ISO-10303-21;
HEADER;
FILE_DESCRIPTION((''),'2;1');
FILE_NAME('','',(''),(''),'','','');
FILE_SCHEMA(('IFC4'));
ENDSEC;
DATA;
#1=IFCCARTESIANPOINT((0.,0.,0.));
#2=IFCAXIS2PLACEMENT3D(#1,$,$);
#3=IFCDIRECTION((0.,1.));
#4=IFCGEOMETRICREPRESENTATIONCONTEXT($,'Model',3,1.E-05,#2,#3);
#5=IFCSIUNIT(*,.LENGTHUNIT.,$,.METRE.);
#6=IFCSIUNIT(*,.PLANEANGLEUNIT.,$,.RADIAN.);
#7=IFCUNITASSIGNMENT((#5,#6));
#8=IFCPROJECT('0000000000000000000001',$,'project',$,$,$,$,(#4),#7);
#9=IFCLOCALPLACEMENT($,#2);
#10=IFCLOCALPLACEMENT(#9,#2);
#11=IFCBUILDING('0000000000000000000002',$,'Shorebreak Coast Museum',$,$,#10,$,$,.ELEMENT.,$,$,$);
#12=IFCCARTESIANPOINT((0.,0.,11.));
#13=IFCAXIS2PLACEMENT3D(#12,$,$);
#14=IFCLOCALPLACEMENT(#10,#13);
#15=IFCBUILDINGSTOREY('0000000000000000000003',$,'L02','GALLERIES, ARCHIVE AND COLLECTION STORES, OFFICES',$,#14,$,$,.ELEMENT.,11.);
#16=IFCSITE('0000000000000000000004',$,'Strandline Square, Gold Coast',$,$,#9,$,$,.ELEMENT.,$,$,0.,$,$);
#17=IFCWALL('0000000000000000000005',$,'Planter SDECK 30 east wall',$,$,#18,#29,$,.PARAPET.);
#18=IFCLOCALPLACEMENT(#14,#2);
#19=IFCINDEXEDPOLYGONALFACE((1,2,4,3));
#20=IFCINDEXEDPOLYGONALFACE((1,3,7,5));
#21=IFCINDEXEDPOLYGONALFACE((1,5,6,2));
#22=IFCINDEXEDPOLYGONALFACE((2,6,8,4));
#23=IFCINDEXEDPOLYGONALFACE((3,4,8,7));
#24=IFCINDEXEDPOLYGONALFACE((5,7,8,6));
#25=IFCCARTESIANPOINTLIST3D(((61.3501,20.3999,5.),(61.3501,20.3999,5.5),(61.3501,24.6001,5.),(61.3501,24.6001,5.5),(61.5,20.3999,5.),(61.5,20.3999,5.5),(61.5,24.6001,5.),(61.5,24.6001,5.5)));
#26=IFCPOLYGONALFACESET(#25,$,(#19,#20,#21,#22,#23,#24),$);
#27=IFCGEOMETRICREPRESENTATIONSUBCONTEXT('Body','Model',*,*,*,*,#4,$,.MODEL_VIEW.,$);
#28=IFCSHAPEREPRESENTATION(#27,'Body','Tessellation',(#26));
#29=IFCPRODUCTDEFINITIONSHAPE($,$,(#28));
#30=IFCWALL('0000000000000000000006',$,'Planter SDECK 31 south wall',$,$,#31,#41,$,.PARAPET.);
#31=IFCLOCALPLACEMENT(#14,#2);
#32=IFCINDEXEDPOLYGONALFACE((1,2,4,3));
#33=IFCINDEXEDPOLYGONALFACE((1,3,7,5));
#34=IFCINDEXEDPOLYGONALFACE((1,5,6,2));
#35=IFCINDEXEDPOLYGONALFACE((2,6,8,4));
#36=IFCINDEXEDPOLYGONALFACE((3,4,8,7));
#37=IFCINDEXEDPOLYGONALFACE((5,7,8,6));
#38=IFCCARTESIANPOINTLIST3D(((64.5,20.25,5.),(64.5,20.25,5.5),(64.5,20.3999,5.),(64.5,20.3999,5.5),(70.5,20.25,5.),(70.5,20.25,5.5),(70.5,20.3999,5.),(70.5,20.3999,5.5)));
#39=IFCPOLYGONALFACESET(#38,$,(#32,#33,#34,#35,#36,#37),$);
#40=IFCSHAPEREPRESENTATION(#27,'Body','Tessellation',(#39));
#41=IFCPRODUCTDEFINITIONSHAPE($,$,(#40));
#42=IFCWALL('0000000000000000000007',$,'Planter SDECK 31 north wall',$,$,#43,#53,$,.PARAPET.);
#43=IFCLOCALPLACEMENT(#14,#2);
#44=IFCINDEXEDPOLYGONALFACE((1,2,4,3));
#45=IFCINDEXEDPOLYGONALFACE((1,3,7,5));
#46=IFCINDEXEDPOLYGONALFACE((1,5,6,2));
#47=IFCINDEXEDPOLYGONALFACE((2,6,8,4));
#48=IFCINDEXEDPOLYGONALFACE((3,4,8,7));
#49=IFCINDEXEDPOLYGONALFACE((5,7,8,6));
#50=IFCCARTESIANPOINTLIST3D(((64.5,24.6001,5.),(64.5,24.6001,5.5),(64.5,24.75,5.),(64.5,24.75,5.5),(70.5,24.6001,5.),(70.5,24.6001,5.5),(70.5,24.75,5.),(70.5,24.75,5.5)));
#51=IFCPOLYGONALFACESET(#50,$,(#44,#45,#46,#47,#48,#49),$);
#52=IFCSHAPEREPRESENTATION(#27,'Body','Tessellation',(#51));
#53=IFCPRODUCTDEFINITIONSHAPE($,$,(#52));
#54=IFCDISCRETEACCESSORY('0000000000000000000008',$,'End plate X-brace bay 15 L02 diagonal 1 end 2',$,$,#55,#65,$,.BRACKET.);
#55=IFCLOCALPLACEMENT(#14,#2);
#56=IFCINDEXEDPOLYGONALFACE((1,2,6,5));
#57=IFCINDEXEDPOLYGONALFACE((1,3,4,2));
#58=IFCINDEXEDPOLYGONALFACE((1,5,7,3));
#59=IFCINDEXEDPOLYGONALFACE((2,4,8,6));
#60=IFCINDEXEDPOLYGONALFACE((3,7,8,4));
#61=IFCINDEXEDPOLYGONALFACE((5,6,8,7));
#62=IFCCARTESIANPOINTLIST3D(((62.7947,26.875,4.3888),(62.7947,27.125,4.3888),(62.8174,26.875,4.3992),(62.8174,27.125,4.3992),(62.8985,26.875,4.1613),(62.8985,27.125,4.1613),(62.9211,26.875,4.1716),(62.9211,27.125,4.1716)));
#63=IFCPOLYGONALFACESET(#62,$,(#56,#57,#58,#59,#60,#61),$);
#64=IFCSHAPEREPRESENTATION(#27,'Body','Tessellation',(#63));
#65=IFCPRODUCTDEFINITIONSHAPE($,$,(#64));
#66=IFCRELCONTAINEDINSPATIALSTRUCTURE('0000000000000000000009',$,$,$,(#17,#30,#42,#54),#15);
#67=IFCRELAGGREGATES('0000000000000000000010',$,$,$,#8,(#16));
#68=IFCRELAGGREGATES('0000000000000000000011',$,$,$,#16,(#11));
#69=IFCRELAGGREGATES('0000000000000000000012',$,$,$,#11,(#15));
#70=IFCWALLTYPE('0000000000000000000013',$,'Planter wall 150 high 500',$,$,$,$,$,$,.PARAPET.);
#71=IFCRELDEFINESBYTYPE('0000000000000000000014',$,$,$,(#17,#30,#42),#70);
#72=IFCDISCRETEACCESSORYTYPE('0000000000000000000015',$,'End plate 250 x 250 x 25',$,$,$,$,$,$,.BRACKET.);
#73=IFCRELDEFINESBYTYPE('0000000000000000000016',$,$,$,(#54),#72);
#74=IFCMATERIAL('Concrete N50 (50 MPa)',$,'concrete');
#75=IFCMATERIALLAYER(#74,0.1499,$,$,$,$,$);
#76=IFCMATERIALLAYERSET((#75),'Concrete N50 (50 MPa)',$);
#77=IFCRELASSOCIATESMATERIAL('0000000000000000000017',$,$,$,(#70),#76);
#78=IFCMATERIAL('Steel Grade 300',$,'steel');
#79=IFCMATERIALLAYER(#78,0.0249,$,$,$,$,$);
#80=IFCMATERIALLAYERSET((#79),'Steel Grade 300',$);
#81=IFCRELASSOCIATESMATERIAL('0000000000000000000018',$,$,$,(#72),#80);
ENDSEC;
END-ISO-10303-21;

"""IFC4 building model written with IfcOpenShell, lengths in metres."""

from ifc_helpers import new_model, si_unit, direction, frame, frame_2d, origin, place, context, subcontext, project, spatial, polyline, rectangle, outline, extrude, material, layer, layer_set, type_object, element, save


model = new_model("IFC4")

# Units and contexts
model_context = context("Model", 3, precision=1e-05, world=origin(), true_north=direction((0.0, 1.0)))
body_context = subcontext(model_context, "Body", "Model", "MODEL_VIEW")
ifc_project = project(units=[si_unit("LENGTHUNIT", "METRE"), si_unit("PLANEANGLEUNIT", "RADIAN")], contexts=[model_context])

# Site, building, storey
site_placement = place(None, origin())
site = spatial("IfcSite", under=ifc_project, at=site_placement, Name="Strandline Square, Gold Coast", CompositionType="ELEMENT", RefElevation=0.0)
building_placement = place(site_placement, origin())
building = spatial("IfcBuilding", under=site, at=building_placement, Name="Shorebreak Coast Museum", CompositionType="ELEMENT")
storey_placement = place(building_placement, frame((0.0, 0.0, 11.0)))
storey = spatial("IfcBuildingStorey", under=building, at=storey_placement, Name="L02", Description="GALLERIES, ARCHIVE AND COLLECTION STORES, OFFICES", CompositionType="ELEMENT", Elevation=11.0)

# Walls
ifc_material_1 = material(Name="Concrete N50 (50 MPa)", Category="concrete")
ifc_layer_1 = layer(ifc_material_1, 0.1499)
ifc_layer_set_1 = layer_set([ifc_layer_1], Name="Concrete N50 (50 MPa)")
wall_type_1 = type_object("IfcWallType", Name="Planter wall 150 high 500", PredefinedType="PARAPET", material=ifc_layer_set_1)
for number, where, z_axis, x_axis, name in (
    (1, (61.425, 20.3999, 5.0), (0.0, 0.0, 1.0), (0.0, 1.0, 0.0), "Planter SDECK 30 east wall"),
):
    element("IfcWall", number, at=place(storey_placement, frame(where, z_axis=z_axis, x_axis=x_axis)), inside=storey, type_object=wall_type_1, Name=name, PredefinedType="PARAPET", context=body_context, shape_type="SweptSolid", body=[
        extrude(rectangle(XDim=4.2002, YDim=0.1499, at=frame_2d((2.1001, 0.0))), origin(), (0.0, 0.0, 1.0), 0.5),
    ])
for number, where, z_axis, x_axis, name in (
    (2, (64.5, 20.325, 5.0), (0.0, 0.0, 1.0), (1.0, 0.0, 0.0), "Planter SDECK 31 south wall"),
    (3, (64.5, 24.675, 5.0), (0.0, 0.0, 1.0), (1.0, 0.0, 0.0), "Planter SDECK 31 north wall"),
):
    element("IfcWall", number, at=place(storey_placement, frame(where, z_axis=z_axis, x_axis=x_axis)), inside=storey, type_object=wall_type_1, Name=name, PredefinedType="PARAPET", context=body_context, shape_type="SweptSolid", body=[
        extrude(rectangle(XDim=6.0, YDim=0.1499, at=frame_2d((3.0, 0.0))), origin(), (0.0, 0.0, 1.0), 0.5),
    ])

# Discrete accessory
ifc_material_2 = material(Name="Steel Grade 300", Category="steel")
ifc_layer_2 = layer(ifc_material_2, 0.0249)
ifc_layer_set_2 = layer_set([ifc_layer_2], Name="Steel Grade 300")
discrete_accessory_type = type_object("IfcDiscreteAccessoryType", Name="End plate 250 x 250 x 25", PredefinedType="BRACKET", material=ifc_layer_set_2)
discrete_accessory_placement = place(storey_placement, frame((62.9211, 26.875, 4.1716), z_axis=(0.909864, 0.0, 0.414906), x_axis=(0.0, 1.0, 0.0)))
element("IfcDiscreteAccessory", 4, at=discrete_accessory_placement, inside=storey, type_object=discrete_accessory_type, Name="End plate X-brace bay 15 L02 diagonal 1 end 2", PredefinedType="BRACKET", context=body_context, shape_type="SweptSolid", body=[
    extrude(outline(polyline([(0.0, 0.0), (0.25, 0.0), (0.25, 0.2501), (0.0, 0.2501), (0.0, 0.0)])), origin(), (0.0, 0.0, -1.0), 0.0249),
])

save(model, "model.ifc")
